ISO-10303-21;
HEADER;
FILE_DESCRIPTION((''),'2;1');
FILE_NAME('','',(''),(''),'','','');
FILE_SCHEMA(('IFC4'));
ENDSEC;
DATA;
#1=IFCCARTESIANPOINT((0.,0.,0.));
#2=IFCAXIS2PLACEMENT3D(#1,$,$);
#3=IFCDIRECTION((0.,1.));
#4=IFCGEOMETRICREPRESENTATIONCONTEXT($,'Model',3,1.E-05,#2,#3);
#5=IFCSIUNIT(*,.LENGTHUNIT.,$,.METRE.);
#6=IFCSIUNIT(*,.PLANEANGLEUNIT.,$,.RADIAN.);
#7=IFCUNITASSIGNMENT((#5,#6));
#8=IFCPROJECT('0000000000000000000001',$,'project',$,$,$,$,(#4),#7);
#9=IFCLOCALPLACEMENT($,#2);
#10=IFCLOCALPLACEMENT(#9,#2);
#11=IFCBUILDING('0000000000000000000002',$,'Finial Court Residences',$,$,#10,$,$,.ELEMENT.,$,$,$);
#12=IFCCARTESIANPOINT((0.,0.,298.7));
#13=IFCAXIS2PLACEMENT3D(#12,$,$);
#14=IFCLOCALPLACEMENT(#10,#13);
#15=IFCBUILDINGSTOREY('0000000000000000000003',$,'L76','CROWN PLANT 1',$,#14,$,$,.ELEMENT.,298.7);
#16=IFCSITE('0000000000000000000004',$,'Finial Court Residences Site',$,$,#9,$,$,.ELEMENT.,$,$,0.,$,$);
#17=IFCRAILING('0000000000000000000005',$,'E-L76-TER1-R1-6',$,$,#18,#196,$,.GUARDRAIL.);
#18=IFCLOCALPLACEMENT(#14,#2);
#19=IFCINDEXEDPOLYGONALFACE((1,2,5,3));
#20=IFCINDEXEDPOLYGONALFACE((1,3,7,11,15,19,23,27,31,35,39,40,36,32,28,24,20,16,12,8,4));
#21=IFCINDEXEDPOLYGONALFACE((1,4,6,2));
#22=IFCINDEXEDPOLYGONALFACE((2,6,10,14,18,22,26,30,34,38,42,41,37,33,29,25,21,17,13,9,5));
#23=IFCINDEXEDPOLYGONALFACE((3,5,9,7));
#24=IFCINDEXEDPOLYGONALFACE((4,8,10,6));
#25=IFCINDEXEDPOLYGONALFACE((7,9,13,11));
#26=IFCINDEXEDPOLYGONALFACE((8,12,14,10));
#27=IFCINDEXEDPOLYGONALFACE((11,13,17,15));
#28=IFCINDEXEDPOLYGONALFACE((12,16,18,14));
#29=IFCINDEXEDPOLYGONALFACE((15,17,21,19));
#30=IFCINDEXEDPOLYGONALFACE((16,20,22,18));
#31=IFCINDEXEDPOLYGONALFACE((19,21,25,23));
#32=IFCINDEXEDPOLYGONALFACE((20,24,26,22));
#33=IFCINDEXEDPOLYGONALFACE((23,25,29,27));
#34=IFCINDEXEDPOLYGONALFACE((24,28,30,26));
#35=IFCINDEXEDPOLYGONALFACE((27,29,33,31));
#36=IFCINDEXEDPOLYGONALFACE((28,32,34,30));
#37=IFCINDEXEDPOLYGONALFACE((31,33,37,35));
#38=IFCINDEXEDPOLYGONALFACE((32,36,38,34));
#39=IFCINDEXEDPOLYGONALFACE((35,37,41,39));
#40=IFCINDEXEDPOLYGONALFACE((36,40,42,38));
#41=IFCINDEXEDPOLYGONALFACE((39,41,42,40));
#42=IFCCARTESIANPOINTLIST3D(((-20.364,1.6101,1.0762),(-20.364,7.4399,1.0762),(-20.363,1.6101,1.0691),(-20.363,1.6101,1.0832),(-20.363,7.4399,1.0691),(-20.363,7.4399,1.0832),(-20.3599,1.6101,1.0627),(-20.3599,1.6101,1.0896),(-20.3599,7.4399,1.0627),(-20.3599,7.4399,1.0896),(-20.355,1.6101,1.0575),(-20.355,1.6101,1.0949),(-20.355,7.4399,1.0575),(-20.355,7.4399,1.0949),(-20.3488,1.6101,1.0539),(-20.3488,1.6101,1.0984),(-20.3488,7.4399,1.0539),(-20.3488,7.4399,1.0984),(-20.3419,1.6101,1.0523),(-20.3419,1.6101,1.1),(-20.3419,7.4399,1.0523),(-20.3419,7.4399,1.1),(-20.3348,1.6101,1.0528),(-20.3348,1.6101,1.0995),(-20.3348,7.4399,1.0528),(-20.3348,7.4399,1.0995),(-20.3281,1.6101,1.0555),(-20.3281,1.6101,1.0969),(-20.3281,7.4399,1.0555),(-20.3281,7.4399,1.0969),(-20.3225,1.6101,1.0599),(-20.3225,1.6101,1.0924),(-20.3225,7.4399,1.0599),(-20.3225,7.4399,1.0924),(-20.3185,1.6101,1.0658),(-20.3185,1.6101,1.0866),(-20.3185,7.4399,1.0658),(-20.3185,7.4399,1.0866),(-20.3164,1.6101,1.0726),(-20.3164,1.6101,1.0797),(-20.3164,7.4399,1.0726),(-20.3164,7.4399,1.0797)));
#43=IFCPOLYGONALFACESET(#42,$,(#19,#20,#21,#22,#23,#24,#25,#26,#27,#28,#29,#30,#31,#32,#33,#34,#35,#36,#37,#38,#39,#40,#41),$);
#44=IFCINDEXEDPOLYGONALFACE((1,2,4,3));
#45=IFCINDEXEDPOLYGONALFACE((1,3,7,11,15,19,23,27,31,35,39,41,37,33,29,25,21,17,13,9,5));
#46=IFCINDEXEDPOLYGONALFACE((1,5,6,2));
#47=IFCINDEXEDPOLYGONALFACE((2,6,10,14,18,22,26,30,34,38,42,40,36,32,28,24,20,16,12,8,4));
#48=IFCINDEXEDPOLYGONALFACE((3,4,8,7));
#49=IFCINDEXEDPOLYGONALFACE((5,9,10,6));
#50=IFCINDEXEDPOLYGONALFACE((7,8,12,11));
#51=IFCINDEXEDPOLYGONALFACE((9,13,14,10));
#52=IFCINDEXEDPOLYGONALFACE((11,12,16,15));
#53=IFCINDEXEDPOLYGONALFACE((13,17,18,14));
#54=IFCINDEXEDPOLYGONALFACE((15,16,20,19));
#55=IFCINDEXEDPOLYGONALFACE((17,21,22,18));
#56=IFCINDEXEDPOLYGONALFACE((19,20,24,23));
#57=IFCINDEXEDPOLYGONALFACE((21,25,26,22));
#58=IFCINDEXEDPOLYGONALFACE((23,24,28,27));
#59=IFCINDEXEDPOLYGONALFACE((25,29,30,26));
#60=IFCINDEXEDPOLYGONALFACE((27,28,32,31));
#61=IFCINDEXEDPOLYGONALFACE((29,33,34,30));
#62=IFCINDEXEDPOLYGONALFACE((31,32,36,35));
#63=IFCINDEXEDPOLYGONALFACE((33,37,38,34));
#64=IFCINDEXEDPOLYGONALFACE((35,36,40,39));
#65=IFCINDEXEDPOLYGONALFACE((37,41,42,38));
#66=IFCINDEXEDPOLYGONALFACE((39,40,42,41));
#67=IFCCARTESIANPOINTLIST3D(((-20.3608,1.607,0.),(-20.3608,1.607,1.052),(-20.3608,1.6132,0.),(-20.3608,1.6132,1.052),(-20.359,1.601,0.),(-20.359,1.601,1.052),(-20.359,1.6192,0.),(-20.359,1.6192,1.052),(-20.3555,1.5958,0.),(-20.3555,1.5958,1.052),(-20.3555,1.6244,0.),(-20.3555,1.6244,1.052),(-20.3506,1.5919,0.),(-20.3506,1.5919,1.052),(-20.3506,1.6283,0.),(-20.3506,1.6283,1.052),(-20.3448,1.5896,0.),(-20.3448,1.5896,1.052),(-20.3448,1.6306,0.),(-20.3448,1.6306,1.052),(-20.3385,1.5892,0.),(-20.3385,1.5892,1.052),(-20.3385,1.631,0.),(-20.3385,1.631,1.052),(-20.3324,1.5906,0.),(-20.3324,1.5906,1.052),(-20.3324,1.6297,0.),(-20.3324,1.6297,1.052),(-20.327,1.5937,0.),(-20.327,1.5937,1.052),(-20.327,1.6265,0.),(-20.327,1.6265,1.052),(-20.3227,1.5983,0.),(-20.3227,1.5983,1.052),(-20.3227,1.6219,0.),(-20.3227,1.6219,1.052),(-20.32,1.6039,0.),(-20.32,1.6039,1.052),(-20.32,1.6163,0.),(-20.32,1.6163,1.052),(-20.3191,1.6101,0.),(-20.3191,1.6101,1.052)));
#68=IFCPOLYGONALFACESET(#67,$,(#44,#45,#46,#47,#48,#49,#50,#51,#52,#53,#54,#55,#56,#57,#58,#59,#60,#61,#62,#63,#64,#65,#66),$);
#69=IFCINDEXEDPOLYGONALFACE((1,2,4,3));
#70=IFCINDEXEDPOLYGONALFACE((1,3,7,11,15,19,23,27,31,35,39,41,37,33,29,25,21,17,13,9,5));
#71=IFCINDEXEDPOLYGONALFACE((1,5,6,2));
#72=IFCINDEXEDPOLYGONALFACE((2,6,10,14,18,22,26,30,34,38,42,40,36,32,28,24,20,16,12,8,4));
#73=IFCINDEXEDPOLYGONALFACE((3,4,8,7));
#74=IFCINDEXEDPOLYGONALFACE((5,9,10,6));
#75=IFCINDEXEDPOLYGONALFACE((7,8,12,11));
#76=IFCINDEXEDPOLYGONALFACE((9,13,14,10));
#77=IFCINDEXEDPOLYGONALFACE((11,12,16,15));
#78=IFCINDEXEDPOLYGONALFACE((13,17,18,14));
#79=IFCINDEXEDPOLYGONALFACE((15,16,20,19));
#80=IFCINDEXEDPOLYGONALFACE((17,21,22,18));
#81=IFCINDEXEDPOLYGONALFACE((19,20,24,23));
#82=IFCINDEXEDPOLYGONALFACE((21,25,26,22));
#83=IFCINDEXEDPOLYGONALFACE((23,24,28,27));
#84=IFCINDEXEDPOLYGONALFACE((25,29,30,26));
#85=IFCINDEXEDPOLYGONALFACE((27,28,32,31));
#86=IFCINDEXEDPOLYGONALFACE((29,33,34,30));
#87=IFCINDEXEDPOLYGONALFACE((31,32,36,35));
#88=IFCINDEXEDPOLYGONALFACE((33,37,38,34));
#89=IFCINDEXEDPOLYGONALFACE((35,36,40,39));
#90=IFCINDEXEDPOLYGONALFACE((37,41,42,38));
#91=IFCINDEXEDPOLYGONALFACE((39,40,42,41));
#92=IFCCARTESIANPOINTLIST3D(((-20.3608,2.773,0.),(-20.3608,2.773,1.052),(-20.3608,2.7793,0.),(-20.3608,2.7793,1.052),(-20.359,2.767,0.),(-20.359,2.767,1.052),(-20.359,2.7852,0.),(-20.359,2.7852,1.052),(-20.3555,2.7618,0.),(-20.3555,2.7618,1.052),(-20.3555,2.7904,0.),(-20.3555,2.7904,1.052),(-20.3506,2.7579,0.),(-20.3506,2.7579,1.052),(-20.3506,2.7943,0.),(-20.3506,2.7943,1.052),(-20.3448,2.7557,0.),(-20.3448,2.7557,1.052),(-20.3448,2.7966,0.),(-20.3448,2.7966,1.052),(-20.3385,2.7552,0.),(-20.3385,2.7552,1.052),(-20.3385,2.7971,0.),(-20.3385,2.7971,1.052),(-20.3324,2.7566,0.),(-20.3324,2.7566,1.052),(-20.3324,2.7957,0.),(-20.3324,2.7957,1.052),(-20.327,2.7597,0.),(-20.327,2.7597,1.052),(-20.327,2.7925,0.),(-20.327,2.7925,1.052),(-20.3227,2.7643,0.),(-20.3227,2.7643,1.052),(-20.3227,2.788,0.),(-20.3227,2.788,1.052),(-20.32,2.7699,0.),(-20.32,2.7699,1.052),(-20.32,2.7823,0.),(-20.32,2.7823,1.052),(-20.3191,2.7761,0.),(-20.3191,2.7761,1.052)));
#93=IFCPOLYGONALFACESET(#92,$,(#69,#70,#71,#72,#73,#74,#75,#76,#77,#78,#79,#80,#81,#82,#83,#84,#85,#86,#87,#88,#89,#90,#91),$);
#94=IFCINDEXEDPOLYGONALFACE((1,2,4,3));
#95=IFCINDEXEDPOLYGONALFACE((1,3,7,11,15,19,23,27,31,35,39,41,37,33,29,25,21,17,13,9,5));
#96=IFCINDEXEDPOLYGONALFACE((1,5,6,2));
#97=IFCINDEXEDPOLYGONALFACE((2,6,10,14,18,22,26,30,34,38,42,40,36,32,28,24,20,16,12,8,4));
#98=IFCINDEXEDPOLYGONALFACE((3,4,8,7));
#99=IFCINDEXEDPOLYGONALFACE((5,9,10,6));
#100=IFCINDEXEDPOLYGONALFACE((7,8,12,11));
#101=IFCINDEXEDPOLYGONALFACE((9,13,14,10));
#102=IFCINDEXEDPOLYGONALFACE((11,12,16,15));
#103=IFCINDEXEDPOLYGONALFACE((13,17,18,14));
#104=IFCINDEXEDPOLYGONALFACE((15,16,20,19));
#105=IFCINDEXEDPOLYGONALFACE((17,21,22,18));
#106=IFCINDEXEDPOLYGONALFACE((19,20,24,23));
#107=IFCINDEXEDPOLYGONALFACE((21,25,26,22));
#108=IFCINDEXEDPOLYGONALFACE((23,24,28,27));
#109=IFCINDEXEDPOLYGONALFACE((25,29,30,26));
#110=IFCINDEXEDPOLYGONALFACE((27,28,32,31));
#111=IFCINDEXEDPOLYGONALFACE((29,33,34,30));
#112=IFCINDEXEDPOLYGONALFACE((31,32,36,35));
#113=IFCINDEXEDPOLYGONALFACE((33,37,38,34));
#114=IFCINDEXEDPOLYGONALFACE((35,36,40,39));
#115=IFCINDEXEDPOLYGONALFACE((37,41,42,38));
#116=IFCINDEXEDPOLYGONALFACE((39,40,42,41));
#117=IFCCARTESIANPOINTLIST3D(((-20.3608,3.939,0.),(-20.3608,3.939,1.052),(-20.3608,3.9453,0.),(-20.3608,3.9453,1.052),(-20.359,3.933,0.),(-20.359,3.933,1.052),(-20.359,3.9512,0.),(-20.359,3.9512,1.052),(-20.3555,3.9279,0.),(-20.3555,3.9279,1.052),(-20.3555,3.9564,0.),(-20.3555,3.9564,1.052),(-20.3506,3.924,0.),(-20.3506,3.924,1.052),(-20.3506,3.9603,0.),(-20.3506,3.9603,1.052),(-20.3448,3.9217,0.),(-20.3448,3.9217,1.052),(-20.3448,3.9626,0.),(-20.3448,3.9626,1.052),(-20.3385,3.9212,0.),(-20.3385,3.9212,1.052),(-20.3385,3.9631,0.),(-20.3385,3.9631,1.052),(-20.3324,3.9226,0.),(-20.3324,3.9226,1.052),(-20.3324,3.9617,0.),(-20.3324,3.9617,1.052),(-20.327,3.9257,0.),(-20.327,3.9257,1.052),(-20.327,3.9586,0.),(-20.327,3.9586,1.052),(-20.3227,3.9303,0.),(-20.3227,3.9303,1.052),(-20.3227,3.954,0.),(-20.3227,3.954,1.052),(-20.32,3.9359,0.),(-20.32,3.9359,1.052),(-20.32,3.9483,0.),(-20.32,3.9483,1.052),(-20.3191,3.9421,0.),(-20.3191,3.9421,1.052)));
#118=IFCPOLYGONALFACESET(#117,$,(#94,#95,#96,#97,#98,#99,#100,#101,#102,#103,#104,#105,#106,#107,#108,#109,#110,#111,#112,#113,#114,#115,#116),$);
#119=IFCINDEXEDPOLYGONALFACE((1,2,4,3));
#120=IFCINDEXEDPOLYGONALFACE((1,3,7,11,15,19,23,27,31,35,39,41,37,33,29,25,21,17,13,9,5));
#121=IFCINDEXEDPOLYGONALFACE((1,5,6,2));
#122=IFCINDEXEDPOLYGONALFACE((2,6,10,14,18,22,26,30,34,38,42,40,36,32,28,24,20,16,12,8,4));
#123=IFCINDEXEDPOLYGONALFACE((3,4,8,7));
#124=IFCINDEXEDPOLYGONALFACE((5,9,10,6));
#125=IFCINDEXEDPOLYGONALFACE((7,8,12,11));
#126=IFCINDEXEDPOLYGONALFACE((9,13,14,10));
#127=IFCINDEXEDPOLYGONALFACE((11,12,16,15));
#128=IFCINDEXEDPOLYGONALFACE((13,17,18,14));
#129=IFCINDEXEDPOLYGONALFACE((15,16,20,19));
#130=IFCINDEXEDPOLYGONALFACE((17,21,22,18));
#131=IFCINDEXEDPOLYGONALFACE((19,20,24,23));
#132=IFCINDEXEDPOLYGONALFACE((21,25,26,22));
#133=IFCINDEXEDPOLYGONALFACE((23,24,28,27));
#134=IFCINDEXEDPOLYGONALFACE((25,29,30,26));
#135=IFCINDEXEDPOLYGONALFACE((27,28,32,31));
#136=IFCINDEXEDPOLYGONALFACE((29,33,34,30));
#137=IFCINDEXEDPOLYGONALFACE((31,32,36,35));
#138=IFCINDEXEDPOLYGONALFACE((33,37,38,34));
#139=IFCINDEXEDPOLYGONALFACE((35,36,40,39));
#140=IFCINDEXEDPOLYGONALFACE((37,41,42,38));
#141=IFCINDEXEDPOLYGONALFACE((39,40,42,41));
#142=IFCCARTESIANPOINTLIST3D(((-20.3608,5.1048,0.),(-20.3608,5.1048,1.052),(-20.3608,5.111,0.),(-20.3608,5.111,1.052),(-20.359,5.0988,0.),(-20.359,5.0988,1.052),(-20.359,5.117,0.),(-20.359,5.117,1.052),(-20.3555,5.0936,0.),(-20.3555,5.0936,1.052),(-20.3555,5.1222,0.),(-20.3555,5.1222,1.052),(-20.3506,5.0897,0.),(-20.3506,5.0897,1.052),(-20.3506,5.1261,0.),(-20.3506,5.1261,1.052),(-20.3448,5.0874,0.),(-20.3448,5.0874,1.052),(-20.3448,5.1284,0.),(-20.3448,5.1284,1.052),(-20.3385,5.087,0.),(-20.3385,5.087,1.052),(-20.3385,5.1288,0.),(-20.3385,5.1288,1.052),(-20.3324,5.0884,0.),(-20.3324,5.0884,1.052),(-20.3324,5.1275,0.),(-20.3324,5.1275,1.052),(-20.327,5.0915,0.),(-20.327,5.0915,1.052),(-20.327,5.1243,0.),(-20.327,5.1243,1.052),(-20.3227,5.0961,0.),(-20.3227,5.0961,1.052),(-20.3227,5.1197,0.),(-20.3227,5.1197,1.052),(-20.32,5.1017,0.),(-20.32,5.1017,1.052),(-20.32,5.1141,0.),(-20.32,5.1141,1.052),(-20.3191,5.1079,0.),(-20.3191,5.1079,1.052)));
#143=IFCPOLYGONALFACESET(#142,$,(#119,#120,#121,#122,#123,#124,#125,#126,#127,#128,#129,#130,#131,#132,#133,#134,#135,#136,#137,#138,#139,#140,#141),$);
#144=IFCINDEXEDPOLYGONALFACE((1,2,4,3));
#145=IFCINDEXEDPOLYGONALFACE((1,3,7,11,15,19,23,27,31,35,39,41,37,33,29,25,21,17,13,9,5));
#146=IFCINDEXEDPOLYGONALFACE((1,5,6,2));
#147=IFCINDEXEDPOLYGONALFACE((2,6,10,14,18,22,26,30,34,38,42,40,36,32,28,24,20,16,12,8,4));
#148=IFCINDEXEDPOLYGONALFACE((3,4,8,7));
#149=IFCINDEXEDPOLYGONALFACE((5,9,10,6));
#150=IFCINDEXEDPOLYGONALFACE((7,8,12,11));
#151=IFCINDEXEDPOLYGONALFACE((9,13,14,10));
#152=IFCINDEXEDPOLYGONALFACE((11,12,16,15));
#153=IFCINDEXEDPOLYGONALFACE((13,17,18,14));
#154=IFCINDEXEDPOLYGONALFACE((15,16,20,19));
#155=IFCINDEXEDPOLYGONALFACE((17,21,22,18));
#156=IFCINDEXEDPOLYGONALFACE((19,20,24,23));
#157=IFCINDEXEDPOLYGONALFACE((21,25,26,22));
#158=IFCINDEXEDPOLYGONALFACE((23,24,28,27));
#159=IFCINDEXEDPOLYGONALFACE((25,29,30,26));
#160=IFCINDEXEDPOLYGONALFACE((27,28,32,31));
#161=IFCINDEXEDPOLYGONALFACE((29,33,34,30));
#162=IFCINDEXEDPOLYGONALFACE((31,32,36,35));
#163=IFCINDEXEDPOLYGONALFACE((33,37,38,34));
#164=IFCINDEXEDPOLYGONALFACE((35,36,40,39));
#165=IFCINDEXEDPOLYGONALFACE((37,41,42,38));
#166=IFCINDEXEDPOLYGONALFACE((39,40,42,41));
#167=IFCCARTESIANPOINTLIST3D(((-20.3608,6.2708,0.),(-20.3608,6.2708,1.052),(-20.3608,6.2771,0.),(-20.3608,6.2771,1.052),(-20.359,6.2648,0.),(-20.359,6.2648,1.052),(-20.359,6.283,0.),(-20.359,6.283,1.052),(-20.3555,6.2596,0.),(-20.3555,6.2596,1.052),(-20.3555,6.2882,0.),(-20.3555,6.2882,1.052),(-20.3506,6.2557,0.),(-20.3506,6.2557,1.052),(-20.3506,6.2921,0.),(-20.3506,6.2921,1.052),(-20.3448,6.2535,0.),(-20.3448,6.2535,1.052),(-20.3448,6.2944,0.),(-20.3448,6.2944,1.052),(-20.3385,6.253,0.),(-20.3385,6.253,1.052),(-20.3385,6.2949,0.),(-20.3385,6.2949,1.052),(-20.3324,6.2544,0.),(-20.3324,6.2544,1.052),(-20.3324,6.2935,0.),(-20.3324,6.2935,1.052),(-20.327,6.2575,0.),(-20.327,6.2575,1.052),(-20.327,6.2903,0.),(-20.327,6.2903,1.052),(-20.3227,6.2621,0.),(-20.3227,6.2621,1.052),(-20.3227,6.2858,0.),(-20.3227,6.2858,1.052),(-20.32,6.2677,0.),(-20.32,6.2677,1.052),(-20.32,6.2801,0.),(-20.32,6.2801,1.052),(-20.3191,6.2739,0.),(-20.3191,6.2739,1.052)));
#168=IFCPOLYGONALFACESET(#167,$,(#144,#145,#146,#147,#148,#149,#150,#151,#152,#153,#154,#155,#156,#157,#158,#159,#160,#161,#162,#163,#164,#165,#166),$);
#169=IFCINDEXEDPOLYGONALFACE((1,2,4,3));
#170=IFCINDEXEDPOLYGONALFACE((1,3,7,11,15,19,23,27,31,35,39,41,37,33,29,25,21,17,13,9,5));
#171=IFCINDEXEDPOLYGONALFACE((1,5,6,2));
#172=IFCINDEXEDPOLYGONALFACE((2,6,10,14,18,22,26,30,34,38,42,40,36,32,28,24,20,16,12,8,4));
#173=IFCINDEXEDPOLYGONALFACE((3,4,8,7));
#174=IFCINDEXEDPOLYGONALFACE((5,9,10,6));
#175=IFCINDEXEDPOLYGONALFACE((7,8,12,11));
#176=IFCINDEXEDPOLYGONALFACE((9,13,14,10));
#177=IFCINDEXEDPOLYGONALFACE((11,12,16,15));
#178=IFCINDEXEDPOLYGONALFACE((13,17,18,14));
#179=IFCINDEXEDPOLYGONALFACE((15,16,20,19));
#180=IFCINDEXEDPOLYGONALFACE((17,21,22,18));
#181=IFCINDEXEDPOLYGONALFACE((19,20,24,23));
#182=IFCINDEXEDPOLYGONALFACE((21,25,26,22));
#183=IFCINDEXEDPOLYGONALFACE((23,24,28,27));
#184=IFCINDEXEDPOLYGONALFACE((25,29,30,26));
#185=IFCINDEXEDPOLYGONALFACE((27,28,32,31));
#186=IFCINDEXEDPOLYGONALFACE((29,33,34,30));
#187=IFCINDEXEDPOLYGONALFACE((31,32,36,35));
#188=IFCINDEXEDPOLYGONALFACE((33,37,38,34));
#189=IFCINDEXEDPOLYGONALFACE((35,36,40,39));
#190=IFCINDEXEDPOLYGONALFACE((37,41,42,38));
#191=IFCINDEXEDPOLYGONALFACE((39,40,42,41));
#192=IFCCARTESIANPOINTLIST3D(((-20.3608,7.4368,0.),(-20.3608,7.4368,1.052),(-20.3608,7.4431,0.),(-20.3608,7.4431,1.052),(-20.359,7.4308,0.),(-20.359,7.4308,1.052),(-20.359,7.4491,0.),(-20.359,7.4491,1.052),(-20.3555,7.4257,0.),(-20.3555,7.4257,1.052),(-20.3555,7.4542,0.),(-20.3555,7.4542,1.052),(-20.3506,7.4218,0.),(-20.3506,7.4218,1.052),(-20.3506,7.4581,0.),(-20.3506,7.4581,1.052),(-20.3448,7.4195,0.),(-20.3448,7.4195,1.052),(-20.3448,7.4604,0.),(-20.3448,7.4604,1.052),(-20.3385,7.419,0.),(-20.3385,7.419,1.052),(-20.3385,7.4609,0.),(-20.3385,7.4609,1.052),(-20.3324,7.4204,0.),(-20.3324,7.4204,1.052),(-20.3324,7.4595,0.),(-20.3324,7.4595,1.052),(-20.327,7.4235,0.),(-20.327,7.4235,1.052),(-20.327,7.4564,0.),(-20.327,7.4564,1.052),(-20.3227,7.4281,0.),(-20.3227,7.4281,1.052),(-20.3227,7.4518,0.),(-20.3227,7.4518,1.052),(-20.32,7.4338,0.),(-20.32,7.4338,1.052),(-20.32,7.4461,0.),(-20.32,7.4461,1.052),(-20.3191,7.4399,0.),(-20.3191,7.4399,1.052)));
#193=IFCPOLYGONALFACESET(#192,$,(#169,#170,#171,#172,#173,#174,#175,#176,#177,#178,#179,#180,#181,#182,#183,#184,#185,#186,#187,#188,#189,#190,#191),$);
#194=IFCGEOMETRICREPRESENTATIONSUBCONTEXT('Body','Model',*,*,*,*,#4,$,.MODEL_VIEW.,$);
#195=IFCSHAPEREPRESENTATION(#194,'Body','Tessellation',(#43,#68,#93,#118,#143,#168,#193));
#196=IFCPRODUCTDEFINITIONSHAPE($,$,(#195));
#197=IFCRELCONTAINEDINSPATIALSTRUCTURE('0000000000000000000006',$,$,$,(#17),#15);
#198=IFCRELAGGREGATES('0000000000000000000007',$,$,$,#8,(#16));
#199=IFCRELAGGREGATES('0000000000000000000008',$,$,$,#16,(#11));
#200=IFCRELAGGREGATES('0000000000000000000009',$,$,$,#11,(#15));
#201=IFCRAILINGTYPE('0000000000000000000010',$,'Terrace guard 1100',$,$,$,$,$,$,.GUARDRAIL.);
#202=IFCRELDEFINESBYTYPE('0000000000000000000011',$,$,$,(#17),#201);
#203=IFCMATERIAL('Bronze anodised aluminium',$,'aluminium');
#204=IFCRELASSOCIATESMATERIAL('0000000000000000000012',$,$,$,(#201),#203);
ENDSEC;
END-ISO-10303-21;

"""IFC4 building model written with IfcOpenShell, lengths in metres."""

from ifc_helpers import new_model, si_unit, direction, frame, origin, origin_2d, place, context, subcontext, project, spatial, circle, extrude, material, type_object, element, save


model = new_model("IFC4")

# Units and contexts
model_context = context("Model", 3, precision=1e-05, world=origin(), true_north=direction((0.0, 1.0)))
body_context = subcontext(model_context, "Body", "Model", "MODEL_VIEW")
ifc_project = project(units=[si_unit("LENGTHUNIT", "METRE"), si_unit("PLANEANGLEUNIT", "RADIAN")], contexts=[model_context])

# Site, building, storey
site_placement = place(None, origin())
site = spatial("IfcSite", under=ifc_project, at=site_placement, Name="Finial Court Residences Site", CompositionType="ELEMENT", RefElevation=0.0)
building_placement = place(site_placement, origin())
building = spatial("IfcBuilding", under=site, at=building_placement, Name="Finial Court Residences", CompositionType="ELEMENT")
storey_placement = place(building_placement, frame((0.0, 0.0, 298.7)))
storey = spatial("IfcBuildingStorey", under=building, at=storey_placement, Name="L76", Description="CROWN PLANT 1", CompositionType="ELEMENT", Elevation=298.7)

# Shared definitions
ifc_material_1 = material(Name="Bronze anodised aluminium", Category="aluminium")

# Railing
railing_type = type_object("IfcRailingType", Name="Terrace guard 1100", PredefinedType="GUARDRAIL", material=ifc_material_1)
railing_1_placement = place(storey_placement, frame((-20.3401, 1.6101, 0.0)))
element("IfcRailing", 1, at=railing_1_placement, inside=storey, type_object=railing_type, Name="E-L76-TER1-R1-6", PredefinedType="GUARDRAIL", context=body_context, shape_type="SweptSolid", body=[
    extrude(circle(Radius=0.0239, at=origin_2d()), frame((0.0, 0.0, 1.0762), z_axis=(0.0, 1.0, 0.0), x_axis=(-1.0, 0.0, 0.0)), (0.0, 0.0, 1.0), 5.8298),
    extrude(circle(Radius=0.021, at=origin_2d()), origin(), (0.0, 0.0, 1.0), 1.052),
    extrude(circle(Radius=0.021, at=origin_2d()), frame((0.0, 1.166, 0.0)), (0.0, 0.0, 1.0), 1.052),
    extrude(circle(Radius=0.021, at=origin_2d()), frame((0.0, 2.332, 0.0)), (0.0, 0.0, 1.0), 1.052),
    extrude(circle(Radius=0.021, at=origin_2d()), frame((0.0, 3.4978, 0.0)), (0.0, 0.0, 1.0), 1.052),
    extrude(circle(Radius=0.021, at=origin_2d()), frame((0.0, 4.6638, 0.0)), (0.0, 0.0, 1.0), 1.052),
    extrude(circle(Radius=0.021, at=origin_2d()), frame((0.0, 5.8298, 0.0)), (0.0, 0.0, 1.0), 1.052),
])

save(model, "model.ifc")
